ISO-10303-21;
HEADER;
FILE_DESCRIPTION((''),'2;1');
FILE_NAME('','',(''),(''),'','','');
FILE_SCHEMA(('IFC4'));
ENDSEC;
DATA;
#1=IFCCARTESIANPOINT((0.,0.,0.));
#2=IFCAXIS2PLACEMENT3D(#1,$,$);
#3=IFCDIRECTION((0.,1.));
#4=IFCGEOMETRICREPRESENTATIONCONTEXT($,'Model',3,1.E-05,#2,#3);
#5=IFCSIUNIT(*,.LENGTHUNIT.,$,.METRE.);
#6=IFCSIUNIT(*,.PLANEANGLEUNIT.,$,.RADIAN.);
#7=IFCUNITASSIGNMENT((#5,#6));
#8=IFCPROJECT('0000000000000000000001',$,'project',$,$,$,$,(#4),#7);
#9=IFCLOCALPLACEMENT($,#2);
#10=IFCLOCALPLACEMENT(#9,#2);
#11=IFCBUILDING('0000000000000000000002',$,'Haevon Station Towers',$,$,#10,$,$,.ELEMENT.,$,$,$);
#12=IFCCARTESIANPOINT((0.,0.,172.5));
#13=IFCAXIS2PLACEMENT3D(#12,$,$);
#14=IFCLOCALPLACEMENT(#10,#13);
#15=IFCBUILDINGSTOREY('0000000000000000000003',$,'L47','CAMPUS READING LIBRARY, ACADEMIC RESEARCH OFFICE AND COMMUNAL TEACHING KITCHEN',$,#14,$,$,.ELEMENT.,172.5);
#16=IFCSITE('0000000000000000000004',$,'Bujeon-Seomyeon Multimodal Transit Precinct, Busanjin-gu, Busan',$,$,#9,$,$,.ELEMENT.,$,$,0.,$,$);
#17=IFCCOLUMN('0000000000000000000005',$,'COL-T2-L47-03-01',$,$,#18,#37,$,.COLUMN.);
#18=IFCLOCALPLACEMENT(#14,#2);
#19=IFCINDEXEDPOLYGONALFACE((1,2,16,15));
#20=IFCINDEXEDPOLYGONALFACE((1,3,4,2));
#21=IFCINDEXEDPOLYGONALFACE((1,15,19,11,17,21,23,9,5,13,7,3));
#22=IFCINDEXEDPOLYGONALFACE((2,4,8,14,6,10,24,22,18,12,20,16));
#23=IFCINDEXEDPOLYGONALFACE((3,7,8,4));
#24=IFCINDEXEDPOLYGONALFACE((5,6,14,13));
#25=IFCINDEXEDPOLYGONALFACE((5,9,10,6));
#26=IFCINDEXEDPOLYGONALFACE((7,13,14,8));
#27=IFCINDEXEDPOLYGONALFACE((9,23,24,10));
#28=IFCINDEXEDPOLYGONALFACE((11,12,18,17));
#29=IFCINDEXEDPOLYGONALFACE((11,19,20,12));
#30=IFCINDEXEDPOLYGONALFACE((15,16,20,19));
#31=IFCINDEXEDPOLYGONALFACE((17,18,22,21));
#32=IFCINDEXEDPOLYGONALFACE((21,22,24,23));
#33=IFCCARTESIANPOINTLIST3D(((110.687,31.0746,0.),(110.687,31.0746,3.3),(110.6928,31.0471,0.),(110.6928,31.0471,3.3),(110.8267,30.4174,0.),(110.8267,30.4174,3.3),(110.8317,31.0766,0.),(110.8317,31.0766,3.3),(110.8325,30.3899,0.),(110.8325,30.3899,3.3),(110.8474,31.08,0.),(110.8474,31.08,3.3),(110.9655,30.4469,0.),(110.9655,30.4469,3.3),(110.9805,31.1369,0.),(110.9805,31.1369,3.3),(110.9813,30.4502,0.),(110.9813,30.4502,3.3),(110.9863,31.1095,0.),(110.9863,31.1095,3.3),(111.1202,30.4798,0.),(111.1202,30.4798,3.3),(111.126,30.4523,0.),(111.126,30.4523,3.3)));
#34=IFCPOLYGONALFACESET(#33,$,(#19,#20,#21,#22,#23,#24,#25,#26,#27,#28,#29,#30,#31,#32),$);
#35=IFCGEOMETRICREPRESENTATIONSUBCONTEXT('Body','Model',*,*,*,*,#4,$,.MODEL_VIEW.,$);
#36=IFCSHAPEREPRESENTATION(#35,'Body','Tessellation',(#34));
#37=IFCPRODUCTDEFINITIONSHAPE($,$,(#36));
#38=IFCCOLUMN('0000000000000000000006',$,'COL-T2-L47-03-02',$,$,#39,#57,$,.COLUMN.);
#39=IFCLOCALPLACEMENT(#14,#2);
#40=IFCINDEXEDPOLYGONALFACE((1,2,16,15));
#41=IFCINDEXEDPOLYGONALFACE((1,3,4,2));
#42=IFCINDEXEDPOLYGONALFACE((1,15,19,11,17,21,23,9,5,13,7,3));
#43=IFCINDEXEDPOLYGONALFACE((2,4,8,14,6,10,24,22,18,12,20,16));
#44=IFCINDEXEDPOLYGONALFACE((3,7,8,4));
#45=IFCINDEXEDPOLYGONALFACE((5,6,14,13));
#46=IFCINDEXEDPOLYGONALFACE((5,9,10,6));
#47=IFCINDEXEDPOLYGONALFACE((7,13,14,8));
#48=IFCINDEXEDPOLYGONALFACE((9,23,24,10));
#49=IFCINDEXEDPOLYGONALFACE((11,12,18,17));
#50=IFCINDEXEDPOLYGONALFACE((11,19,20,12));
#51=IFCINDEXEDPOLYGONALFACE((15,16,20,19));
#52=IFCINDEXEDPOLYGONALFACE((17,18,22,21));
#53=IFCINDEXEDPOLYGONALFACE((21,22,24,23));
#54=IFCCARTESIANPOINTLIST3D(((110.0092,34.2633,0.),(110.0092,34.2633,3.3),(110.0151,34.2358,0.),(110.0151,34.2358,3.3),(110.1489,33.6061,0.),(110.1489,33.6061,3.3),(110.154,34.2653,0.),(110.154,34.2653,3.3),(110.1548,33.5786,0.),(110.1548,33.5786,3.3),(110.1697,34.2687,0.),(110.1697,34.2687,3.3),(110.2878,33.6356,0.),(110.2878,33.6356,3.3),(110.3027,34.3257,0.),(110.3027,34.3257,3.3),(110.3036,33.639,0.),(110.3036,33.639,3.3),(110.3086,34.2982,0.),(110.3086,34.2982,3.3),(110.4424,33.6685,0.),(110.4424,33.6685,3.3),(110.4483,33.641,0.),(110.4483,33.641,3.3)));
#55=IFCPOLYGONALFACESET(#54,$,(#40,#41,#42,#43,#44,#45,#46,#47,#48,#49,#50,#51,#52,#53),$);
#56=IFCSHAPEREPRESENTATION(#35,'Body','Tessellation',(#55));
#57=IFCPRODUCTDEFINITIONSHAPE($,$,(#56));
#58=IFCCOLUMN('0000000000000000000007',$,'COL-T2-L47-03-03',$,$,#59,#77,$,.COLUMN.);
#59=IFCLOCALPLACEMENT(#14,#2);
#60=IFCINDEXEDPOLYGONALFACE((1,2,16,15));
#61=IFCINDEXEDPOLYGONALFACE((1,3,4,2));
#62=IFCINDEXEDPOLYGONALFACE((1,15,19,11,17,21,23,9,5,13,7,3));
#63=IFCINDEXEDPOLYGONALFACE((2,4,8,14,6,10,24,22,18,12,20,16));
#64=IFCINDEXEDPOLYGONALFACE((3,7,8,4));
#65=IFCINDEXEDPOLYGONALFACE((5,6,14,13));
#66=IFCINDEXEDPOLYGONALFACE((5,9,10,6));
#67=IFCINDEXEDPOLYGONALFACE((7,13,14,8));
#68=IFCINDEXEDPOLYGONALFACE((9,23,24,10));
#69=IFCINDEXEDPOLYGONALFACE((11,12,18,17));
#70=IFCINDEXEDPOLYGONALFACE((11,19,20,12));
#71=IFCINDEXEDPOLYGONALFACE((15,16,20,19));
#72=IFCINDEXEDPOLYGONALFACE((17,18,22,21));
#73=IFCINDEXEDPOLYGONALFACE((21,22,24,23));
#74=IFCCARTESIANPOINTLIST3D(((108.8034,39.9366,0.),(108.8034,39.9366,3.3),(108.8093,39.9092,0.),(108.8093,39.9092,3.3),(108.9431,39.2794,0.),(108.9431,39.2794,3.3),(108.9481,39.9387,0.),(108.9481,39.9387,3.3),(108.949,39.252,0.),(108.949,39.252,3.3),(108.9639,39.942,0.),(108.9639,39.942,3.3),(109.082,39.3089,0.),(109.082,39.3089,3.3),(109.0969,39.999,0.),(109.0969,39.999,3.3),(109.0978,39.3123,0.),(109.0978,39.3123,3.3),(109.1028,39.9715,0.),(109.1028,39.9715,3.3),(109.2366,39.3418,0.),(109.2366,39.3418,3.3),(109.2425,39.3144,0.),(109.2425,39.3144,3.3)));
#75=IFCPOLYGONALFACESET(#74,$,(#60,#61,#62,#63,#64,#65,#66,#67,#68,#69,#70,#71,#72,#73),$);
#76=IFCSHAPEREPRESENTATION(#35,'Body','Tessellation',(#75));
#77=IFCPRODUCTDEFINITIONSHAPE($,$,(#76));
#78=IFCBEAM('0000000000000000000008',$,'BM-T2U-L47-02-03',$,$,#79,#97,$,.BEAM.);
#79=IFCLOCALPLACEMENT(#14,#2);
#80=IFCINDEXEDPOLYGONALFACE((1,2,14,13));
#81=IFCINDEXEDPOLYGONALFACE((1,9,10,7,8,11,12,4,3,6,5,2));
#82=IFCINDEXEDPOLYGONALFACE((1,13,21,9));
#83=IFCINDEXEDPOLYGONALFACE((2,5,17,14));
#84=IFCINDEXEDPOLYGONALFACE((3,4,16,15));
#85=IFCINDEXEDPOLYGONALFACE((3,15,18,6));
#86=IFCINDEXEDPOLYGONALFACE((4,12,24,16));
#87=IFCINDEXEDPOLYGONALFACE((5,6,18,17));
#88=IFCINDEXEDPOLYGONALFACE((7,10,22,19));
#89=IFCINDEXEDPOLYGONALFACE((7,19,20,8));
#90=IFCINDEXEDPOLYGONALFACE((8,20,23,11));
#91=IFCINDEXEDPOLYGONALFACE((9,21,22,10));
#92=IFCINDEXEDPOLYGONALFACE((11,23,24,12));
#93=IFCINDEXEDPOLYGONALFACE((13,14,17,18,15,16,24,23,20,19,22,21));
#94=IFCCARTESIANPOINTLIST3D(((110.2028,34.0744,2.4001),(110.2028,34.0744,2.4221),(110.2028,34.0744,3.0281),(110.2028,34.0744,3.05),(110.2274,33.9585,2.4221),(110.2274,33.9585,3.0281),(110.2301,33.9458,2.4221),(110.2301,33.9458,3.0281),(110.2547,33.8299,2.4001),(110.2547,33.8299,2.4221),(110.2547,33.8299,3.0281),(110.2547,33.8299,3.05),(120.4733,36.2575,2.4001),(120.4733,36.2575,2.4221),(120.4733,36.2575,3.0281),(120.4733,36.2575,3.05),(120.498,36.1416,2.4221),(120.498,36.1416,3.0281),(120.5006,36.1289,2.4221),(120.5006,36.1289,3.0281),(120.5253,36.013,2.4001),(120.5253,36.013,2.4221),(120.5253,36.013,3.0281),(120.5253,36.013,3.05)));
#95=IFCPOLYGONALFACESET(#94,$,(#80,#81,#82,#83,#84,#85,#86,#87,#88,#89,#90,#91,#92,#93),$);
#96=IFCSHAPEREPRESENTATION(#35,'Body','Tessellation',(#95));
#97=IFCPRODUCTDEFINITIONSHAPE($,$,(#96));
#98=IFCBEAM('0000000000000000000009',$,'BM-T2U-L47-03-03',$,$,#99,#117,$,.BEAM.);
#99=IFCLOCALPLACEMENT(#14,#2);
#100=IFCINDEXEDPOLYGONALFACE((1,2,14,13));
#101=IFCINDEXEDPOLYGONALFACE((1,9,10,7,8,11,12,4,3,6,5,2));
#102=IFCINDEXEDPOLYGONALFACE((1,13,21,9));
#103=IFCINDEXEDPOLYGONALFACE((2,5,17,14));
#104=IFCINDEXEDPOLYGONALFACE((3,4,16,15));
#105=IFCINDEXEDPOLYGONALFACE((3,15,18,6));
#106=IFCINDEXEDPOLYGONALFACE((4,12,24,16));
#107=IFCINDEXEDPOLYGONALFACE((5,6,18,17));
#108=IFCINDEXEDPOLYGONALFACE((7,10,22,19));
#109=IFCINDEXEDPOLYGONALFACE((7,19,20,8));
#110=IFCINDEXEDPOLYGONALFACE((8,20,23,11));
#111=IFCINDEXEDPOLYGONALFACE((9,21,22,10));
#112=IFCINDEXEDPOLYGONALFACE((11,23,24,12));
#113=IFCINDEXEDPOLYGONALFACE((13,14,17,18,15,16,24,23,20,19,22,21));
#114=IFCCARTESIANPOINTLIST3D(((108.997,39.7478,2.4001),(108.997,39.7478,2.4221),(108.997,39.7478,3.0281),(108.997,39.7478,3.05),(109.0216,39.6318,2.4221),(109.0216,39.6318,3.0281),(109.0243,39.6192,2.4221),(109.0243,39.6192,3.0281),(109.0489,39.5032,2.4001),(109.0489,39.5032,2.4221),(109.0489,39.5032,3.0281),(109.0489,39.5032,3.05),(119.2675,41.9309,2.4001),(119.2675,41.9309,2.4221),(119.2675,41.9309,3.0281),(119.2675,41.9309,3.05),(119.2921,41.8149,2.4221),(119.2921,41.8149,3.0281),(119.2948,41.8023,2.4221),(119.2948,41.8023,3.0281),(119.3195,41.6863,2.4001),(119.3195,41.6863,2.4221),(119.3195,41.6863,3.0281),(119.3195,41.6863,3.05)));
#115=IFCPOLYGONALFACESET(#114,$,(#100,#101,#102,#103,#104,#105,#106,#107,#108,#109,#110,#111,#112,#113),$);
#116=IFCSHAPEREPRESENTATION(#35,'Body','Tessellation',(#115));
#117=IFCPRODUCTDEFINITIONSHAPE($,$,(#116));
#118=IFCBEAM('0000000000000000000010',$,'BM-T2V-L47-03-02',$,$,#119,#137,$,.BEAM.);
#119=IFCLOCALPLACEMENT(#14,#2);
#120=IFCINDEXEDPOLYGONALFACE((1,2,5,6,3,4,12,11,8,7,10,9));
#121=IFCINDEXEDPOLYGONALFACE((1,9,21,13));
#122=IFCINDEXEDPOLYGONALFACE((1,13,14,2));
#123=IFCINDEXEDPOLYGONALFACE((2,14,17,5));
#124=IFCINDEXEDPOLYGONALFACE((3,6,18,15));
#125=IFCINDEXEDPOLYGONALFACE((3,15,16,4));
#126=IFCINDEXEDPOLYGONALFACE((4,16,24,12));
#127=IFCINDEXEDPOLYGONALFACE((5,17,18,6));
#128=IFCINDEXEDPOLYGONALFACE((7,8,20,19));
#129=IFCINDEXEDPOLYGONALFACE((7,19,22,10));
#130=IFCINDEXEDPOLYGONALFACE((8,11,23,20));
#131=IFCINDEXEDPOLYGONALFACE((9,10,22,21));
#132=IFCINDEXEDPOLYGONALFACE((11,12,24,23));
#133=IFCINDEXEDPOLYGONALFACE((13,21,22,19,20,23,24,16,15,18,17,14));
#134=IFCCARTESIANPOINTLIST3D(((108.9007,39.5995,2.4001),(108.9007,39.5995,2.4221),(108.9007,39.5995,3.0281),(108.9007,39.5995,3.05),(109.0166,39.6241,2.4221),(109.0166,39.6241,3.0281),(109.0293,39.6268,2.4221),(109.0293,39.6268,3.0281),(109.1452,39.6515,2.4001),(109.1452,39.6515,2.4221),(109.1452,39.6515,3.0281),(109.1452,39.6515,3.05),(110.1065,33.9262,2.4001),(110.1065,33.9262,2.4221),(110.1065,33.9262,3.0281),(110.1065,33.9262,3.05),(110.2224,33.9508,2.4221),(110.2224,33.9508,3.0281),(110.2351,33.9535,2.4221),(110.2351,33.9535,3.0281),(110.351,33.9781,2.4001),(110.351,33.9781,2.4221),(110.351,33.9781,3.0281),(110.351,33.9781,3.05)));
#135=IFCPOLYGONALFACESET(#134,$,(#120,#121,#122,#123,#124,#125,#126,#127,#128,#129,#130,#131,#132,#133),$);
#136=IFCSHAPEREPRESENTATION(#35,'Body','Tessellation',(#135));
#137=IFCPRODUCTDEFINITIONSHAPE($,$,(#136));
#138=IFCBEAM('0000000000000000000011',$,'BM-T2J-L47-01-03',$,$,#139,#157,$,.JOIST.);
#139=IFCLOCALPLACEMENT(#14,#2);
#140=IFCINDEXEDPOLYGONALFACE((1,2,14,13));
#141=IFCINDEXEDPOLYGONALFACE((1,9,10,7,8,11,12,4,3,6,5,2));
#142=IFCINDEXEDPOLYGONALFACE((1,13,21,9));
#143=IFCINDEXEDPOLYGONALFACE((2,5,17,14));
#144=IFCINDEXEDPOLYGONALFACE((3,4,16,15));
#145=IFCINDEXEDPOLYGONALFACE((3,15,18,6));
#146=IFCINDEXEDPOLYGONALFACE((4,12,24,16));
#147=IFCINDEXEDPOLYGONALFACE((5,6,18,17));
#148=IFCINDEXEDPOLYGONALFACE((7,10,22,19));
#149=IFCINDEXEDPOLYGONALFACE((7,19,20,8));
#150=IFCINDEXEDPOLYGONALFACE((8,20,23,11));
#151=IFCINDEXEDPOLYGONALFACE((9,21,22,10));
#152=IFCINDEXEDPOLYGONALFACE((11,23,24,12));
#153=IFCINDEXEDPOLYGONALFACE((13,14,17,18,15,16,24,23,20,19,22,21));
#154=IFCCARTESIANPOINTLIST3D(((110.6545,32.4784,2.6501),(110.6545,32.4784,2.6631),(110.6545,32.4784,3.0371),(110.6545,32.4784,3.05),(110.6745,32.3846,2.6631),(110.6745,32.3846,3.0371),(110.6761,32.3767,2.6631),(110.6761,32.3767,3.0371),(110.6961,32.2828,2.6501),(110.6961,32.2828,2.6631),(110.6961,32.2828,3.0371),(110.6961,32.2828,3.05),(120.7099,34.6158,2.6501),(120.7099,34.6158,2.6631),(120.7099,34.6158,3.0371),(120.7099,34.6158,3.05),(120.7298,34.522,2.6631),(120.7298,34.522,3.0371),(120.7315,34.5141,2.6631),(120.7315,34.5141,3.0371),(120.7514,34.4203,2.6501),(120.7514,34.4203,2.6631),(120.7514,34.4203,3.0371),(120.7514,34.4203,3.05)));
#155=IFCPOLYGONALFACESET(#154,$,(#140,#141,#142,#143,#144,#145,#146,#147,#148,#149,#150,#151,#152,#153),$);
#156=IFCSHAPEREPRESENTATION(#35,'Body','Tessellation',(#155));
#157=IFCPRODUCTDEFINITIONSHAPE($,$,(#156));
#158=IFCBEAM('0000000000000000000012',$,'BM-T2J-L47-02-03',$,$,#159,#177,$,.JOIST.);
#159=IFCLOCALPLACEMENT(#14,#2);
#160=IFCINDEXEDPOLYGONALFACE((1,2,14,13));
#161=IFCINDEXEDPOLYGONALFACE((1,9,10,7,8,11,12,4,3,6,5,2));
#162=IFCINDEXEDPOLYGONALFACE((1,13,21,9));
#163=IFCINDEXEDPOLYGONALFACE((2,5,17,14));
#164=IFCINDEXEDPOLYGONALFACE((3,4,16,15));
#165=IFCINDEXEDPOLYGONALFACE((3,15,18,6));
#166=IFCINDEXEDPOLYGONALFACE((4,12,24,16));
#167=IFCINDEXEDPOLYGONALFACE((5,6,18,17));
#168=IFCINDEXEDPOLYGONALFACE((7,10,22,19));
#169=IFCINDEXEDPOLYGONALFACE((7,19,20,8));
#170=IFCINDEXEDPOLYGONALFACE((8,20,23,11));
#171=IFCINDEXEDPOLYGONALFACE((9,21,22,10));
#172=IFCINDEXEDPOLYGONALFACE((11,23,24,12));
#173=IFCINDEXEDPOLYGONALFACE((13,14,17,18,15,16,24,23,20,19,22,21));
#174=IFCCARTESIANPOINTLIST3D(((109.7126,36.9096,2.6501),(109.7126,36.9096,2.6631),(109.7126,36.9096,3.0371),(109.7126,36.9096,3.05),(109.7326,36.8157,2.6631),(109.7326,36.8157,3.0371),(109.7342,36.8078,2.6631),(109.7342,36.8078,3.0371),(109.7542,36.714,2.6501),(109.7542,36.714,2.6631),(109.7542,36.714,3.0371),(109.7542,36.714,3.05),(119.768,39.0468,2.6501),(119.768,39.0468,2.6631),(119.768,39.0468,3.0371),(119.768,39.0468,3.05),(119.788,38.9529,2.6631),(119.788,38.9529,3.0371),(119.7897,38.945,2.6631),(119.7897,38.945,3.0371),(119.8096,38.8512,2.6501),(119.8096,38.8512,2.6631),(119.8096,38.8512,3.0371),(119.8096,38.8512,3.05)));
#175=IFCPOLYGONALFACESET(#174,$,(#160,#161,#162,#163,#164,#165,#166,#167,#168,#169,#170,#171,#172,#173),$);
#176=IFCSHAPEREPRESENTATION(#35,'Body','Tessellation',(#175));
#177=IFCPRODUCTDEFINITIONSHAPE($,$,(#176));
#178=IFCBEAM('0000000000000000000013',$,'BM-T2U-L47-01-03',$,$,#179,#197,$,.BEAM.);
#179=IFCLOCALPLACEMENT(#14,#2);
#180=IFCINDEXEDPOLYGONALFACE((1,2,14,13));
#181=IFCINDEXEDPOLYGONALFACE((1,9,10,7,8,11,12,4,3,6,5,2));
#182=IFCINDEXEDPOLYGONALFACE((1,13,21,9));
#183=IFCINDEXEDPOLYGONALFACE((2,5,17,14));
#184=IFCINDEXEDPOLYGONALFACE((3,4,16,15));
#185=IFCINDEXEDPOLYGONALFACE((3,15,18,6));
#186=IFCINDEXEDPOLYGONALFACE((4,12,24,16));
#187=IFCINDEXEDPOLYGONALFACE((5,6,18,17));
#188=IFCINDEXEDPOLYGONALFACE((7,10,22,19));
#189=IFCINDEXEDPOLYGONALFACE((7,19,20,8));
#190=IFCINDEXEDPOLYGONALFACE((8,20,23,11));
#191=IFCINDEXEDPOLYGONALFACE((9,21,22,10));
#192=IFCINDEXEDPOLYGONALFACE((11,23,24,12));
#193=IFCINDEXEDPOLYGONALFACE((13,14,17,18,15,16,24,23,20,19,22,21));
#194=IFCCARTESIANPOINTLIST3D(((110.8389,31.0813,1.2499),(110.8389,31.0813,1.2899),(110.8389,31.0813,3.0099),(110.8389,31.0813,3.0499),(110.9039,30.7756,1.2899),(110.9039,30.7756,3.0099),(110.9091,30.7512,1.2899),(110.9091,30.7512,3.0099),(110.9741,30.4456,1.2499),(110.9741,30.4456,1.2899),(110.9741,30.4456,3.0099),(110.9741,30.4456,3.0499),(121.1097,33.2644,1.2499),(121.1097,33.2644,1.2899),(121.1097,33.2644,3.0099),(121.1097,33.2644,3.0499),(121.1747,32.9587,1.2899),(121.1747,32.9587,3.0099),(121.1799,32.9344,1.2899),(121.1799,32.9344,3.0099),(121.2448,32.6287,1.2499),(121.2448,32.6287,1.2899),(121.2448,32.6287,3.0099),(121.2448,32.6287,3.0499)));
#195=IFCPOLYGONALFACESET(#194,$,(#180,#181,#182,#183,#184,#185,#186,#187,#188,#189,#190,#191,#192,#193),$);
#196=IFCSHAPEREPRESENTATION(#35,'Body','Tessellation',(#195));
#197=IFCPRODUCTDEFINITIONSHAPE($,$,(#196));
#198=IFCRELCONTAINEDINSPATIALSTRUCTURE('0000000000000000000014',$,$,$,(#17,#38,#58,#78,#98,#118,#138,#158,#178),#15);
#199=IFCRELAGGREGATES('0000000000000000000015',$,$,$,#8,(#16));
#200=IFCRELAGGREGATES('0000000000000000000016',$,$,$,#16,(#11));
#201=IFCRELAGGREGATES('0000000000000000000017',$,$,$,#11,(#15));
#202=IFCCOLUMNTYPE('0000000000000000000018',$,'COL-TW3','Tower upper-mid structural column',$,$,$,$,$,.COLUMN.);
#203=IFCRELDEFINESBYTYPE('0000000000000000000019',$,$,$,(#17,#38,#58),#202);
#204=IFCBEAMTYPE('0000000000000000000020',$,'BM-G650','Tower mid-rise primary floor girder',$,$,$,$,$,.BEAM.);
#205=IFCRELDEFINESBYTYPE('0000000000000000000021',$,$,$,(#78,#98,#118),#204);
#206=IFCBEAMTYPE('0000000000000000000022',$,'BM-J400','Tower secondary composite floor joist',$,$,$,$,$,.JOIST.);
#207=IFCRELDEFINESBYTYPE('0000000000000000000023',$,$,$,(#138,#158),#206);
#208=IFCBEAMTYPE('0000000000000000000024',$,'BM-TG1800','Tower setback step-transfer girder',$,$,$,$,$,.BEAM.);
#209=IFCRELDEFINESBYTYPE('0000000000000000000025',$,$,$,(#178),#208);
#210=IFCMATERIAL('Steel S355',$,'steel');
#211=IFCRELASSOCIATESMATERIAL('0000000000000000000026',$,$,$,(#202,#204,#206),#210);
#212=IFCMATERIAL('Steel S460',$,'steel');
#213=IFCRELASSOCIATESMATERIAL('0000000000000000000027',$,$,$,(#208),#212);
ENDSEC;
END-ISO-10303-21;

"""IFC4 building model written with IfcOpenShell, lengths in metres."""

from ifc_helpers import new_model, si_unit, direction, frame, origin, origin_2d, place, context, subcontext, project, spatial, i_section, extrude, material, material_profile, profile_set, type_object, element, save


model = new_model("IFC4")

# Units and contexts
model_context = context("Model", 3, precision=1e-05, world=origin(), true_north=direction((0.0, 1.0)))
body_context = subcontext(model_context, "Body", "Model", "MODEL_VIEW")
ifc_project = project(units=[si_unit("LENGTHUNIT", "METRE"), si_unit("PLANEANGLEUNIT", "RADIAN")], contexts=[model_context])

# Site, building, storey
site_placement = place(None, origin())
site = spatial("IfcSite", under=ifc_project, at=site_placement, Name="Bujeon-Seomyeon Multimodal Transit Precinct, Busanjin-gu, Busan", CompositionType="ELEMENT", RefElevation=0.0)
building_placement = place(site_placement, origin())
building = spatial("IfcBuilding", under=site, at=building_placement, Name="Haevon Station Towers", CompositionType="ELEMENT")
storey_placement = place(building_placement, frame((0.0, 0.0, 172.5)))
storey = spatial("IfcBuildingStorey", under=building, at=storey_placement, Name="L47", Description="CAMPUS READING LIBRARY, ACADEMIC RESEARCH OFFICE AND COMMUNAL TEACHING KITCHEN", CompositionType="ELEMENT", Elevation=172.5)

# Columns
ifc_material_1 = material(Name="Steel S355", Category="steel")
ifc_material_profile_1 = material_profile(ifc_material_1, i_section(OverallWidth=0.3, OverallDepth=0.7, WebThickness=0.0161, FlangeThickness=0.0281, at=origin_2d()), Name="H-700x300x16x28")
ifc_profile_set_1 = profile_set([ifc_material_profile_1], Name="Steel S355")
column_type = type_object("IfcColumnType", Name="COL-TW3", Description="Tower upper-mid structural column", PredefinedType="COLUMN", material=ifc_profile_set_1)
for number, where, z_axis, x_axis, name in (
    (1, (110.9065, 30.7634, 0.0), (0.0, 0.0, 1.0), (0.978148, 0.207912, 0.0), "COL-T2-L47-03-01"),
    (2, (110.2288, 33.9521, 0.0), (0.0, 0.0, 1.0), (0.978148, 0.207912, 0.0), "COL-T2-L47-03-02"),
    (3, (109.0229, 39.6255, 0.0), (0.0, 0.0, 1.0), (0.978148, 0.207912, 0.0), "COL-T2-L47-03-03"),
):
    element("IfcColumn", number, at=place(storey_placement, frame(where, z_axis=z_axis, x_axis=x_axis)), inside=storey, type_object=column_type, Name=name, PredefinedType="COLUMN", context=body_context, shape_type="SweptSolid", body=[
        extrude(i_section(OverallWidth=0.3, OverallDepth=0.7, WebThickness=0.0161, FlangeThickness=0.0281, at=origin_2d()), origin(), (0.0, 0.0, 1.0), 3.3),
    ])

# Beams
ifc_material_profile_2 = material_profile(ifc_material_1, i_section(OverallWidth=0.25, OverallDepth=0.6499, WebThickness=0.0129, FlangeThickness=0.022, at=origin_2d()), Name="H-650x250x13x22")
ifc_profile_set_2 = profile_set([ifc_material_profile_2], Name="Steel S355")
beam_type_1 = type_object("IfcBeamType", Name="BM-G650", Description="Tower mid-rise primary floor girder", PredefinedType="BEAM", material=ifc_profile_set_2)
for number, where, z_axis, x_axis, name in (
    (4, (110.2288, 33.9521, 2.7251), (0.978147, 0.207915, 0.0), (-0.207915, 0.978147, 0.0), "BM-T2U-L47-02-03"),
    (5, (109.0229, 39.6255, 2.7251), (0.978147, 0.207915, 0.0), (-0.207915, 0.978147, 0.0), "BM-T2U-L47-03-03"),
):
    element("IfcBeam", number, at=place(storey_placement, frame(where, z_axis=z_axis, x_axis=x_axis)), inside=storey, type_object=beam_type_1, Name=name, PredefinedType="BEAM", context=body_context, shape_type="SweptSolid", body=[
        extrude(i_section(OverallWidth=0.25, OverallDepth=0.6499, WebThickness=0.0129, FlangeThickness=0.022, at=origin_2d()), origin(), (0.0, 0.0, 1.0), 10.5),
    ])
beam_1_placement = place(storey_placement, frame((110.2288, 33.9521, 2.7251), z_axis=(-0.207896, 0.978151, 0.0), x_axis=(-0.978151, -0.207896, 0.0)))
element("IfcBeam", 6, at=beam_1_placement, inside=storey, type_object=beam_type_1, Name="BM-T2V-L47-03-02", PredefinedType="BEAM", context=body_context, shape_type="SweptSolid", body=[
    extrude(i_section(OverallWidth=0.25, OverallDepth=0.6499, WebThickness=0.0129, FlangeThickness=0.022, at=origin_2d()), origin(), (0.0, 0.0, 1.0), 5.8),
])
ifc_material_profile_3 = material_profile(ifc_material_1, i_section(OverallWidth=0.2, OverallDepth=0.3999, WebThickness=0.0081, FlangeThickness=0.0129, at=origin_2d()), Name="H-400x200x8x13")
ifc_profile_set_3 = profile_set([ifc_material_profile_3], Name="Steel S355")
beam_type_2 = type_object("IfcBeamType", Name="BM-J400", Description="Tower secondary composite floor joist", PredefinedType="JOIST", material=ifc_profile_set_3)
for number, where, z_axis, x_axis, name in (
    (7, (110.6753, 32.3806, 2.8501), (0.978146, 0.207922, 0.0), (-0.207922, 0.978146, 0.0), "BM-T2J-L47-01-03"),
    (8, (109.7334, 36.8118, 2.8501), (0.97815, 0.207899, 0.0), (-0.207899, 0.97815, 0.0), "BM-T2J-L47-02-03"),
):
    element("IfcBeam", number, at=place(storey_placement, frame(where, z_axis=z_axis, x_axis=x_axis)), inside=storey, type_object=beam_type_2, Name=name, PredefinedType="JOIST", context=body_context, shape_type="SweptSolid", body=[
        extrude(i_section(OverallWidth=0.2, OverallDepth=0.3999, WebThickness=0.0081, FlangeThickness=0.0129, at=origin_2d()), origin(), (0.0, 0.0, 1.0), 10.28),
    ])
ifc_material_2 = material(Name="Steel S460", Category="steel")
ifc_material_profile_4 = material_profile(ifc_material_2, i_section(OverallWidth=0.6499, OverallDepth=1.8, WebThickness=0.0249, FlangeThickness=0.04, at=origin_2d()), Name="H-1800x650x25x40")
ifc_profile_set_4 = profile_set([ifc_material_profile_4], Name="Steel S460")
beam_type_3 = type_object("IfcBeamType", Name="BM-TG1800", Description="Tower setback step-transfer girder", PredefinedType="BEAM", material=ifc_profile_set_4)
beam_2_placement = place(storey_placement, frame((110.9065, 30.7634, 2.1499), z_axis=(0.978148, 0.207911, 0.0), x_axis=(-0.207911, 0.978148, 0.0)))
element("IfcBeam", 9, at=beam_2_placement, inside=storey, type_object=beam_type_3, Name="BM-T2U-L47-01-03", PredefinedType="BEAM", context=body_context, shape_type="SweptSolid", body=[
    extrude(i_section(OverallWidth=0.6499, OverallDepth=1.8, WebThickness=0.0249, FlangeThickness=0.04, at=origin_2d()), origin(), (0.0, 0.0, 1.0), 10.5002),
])

save(model, "model.ifc")
